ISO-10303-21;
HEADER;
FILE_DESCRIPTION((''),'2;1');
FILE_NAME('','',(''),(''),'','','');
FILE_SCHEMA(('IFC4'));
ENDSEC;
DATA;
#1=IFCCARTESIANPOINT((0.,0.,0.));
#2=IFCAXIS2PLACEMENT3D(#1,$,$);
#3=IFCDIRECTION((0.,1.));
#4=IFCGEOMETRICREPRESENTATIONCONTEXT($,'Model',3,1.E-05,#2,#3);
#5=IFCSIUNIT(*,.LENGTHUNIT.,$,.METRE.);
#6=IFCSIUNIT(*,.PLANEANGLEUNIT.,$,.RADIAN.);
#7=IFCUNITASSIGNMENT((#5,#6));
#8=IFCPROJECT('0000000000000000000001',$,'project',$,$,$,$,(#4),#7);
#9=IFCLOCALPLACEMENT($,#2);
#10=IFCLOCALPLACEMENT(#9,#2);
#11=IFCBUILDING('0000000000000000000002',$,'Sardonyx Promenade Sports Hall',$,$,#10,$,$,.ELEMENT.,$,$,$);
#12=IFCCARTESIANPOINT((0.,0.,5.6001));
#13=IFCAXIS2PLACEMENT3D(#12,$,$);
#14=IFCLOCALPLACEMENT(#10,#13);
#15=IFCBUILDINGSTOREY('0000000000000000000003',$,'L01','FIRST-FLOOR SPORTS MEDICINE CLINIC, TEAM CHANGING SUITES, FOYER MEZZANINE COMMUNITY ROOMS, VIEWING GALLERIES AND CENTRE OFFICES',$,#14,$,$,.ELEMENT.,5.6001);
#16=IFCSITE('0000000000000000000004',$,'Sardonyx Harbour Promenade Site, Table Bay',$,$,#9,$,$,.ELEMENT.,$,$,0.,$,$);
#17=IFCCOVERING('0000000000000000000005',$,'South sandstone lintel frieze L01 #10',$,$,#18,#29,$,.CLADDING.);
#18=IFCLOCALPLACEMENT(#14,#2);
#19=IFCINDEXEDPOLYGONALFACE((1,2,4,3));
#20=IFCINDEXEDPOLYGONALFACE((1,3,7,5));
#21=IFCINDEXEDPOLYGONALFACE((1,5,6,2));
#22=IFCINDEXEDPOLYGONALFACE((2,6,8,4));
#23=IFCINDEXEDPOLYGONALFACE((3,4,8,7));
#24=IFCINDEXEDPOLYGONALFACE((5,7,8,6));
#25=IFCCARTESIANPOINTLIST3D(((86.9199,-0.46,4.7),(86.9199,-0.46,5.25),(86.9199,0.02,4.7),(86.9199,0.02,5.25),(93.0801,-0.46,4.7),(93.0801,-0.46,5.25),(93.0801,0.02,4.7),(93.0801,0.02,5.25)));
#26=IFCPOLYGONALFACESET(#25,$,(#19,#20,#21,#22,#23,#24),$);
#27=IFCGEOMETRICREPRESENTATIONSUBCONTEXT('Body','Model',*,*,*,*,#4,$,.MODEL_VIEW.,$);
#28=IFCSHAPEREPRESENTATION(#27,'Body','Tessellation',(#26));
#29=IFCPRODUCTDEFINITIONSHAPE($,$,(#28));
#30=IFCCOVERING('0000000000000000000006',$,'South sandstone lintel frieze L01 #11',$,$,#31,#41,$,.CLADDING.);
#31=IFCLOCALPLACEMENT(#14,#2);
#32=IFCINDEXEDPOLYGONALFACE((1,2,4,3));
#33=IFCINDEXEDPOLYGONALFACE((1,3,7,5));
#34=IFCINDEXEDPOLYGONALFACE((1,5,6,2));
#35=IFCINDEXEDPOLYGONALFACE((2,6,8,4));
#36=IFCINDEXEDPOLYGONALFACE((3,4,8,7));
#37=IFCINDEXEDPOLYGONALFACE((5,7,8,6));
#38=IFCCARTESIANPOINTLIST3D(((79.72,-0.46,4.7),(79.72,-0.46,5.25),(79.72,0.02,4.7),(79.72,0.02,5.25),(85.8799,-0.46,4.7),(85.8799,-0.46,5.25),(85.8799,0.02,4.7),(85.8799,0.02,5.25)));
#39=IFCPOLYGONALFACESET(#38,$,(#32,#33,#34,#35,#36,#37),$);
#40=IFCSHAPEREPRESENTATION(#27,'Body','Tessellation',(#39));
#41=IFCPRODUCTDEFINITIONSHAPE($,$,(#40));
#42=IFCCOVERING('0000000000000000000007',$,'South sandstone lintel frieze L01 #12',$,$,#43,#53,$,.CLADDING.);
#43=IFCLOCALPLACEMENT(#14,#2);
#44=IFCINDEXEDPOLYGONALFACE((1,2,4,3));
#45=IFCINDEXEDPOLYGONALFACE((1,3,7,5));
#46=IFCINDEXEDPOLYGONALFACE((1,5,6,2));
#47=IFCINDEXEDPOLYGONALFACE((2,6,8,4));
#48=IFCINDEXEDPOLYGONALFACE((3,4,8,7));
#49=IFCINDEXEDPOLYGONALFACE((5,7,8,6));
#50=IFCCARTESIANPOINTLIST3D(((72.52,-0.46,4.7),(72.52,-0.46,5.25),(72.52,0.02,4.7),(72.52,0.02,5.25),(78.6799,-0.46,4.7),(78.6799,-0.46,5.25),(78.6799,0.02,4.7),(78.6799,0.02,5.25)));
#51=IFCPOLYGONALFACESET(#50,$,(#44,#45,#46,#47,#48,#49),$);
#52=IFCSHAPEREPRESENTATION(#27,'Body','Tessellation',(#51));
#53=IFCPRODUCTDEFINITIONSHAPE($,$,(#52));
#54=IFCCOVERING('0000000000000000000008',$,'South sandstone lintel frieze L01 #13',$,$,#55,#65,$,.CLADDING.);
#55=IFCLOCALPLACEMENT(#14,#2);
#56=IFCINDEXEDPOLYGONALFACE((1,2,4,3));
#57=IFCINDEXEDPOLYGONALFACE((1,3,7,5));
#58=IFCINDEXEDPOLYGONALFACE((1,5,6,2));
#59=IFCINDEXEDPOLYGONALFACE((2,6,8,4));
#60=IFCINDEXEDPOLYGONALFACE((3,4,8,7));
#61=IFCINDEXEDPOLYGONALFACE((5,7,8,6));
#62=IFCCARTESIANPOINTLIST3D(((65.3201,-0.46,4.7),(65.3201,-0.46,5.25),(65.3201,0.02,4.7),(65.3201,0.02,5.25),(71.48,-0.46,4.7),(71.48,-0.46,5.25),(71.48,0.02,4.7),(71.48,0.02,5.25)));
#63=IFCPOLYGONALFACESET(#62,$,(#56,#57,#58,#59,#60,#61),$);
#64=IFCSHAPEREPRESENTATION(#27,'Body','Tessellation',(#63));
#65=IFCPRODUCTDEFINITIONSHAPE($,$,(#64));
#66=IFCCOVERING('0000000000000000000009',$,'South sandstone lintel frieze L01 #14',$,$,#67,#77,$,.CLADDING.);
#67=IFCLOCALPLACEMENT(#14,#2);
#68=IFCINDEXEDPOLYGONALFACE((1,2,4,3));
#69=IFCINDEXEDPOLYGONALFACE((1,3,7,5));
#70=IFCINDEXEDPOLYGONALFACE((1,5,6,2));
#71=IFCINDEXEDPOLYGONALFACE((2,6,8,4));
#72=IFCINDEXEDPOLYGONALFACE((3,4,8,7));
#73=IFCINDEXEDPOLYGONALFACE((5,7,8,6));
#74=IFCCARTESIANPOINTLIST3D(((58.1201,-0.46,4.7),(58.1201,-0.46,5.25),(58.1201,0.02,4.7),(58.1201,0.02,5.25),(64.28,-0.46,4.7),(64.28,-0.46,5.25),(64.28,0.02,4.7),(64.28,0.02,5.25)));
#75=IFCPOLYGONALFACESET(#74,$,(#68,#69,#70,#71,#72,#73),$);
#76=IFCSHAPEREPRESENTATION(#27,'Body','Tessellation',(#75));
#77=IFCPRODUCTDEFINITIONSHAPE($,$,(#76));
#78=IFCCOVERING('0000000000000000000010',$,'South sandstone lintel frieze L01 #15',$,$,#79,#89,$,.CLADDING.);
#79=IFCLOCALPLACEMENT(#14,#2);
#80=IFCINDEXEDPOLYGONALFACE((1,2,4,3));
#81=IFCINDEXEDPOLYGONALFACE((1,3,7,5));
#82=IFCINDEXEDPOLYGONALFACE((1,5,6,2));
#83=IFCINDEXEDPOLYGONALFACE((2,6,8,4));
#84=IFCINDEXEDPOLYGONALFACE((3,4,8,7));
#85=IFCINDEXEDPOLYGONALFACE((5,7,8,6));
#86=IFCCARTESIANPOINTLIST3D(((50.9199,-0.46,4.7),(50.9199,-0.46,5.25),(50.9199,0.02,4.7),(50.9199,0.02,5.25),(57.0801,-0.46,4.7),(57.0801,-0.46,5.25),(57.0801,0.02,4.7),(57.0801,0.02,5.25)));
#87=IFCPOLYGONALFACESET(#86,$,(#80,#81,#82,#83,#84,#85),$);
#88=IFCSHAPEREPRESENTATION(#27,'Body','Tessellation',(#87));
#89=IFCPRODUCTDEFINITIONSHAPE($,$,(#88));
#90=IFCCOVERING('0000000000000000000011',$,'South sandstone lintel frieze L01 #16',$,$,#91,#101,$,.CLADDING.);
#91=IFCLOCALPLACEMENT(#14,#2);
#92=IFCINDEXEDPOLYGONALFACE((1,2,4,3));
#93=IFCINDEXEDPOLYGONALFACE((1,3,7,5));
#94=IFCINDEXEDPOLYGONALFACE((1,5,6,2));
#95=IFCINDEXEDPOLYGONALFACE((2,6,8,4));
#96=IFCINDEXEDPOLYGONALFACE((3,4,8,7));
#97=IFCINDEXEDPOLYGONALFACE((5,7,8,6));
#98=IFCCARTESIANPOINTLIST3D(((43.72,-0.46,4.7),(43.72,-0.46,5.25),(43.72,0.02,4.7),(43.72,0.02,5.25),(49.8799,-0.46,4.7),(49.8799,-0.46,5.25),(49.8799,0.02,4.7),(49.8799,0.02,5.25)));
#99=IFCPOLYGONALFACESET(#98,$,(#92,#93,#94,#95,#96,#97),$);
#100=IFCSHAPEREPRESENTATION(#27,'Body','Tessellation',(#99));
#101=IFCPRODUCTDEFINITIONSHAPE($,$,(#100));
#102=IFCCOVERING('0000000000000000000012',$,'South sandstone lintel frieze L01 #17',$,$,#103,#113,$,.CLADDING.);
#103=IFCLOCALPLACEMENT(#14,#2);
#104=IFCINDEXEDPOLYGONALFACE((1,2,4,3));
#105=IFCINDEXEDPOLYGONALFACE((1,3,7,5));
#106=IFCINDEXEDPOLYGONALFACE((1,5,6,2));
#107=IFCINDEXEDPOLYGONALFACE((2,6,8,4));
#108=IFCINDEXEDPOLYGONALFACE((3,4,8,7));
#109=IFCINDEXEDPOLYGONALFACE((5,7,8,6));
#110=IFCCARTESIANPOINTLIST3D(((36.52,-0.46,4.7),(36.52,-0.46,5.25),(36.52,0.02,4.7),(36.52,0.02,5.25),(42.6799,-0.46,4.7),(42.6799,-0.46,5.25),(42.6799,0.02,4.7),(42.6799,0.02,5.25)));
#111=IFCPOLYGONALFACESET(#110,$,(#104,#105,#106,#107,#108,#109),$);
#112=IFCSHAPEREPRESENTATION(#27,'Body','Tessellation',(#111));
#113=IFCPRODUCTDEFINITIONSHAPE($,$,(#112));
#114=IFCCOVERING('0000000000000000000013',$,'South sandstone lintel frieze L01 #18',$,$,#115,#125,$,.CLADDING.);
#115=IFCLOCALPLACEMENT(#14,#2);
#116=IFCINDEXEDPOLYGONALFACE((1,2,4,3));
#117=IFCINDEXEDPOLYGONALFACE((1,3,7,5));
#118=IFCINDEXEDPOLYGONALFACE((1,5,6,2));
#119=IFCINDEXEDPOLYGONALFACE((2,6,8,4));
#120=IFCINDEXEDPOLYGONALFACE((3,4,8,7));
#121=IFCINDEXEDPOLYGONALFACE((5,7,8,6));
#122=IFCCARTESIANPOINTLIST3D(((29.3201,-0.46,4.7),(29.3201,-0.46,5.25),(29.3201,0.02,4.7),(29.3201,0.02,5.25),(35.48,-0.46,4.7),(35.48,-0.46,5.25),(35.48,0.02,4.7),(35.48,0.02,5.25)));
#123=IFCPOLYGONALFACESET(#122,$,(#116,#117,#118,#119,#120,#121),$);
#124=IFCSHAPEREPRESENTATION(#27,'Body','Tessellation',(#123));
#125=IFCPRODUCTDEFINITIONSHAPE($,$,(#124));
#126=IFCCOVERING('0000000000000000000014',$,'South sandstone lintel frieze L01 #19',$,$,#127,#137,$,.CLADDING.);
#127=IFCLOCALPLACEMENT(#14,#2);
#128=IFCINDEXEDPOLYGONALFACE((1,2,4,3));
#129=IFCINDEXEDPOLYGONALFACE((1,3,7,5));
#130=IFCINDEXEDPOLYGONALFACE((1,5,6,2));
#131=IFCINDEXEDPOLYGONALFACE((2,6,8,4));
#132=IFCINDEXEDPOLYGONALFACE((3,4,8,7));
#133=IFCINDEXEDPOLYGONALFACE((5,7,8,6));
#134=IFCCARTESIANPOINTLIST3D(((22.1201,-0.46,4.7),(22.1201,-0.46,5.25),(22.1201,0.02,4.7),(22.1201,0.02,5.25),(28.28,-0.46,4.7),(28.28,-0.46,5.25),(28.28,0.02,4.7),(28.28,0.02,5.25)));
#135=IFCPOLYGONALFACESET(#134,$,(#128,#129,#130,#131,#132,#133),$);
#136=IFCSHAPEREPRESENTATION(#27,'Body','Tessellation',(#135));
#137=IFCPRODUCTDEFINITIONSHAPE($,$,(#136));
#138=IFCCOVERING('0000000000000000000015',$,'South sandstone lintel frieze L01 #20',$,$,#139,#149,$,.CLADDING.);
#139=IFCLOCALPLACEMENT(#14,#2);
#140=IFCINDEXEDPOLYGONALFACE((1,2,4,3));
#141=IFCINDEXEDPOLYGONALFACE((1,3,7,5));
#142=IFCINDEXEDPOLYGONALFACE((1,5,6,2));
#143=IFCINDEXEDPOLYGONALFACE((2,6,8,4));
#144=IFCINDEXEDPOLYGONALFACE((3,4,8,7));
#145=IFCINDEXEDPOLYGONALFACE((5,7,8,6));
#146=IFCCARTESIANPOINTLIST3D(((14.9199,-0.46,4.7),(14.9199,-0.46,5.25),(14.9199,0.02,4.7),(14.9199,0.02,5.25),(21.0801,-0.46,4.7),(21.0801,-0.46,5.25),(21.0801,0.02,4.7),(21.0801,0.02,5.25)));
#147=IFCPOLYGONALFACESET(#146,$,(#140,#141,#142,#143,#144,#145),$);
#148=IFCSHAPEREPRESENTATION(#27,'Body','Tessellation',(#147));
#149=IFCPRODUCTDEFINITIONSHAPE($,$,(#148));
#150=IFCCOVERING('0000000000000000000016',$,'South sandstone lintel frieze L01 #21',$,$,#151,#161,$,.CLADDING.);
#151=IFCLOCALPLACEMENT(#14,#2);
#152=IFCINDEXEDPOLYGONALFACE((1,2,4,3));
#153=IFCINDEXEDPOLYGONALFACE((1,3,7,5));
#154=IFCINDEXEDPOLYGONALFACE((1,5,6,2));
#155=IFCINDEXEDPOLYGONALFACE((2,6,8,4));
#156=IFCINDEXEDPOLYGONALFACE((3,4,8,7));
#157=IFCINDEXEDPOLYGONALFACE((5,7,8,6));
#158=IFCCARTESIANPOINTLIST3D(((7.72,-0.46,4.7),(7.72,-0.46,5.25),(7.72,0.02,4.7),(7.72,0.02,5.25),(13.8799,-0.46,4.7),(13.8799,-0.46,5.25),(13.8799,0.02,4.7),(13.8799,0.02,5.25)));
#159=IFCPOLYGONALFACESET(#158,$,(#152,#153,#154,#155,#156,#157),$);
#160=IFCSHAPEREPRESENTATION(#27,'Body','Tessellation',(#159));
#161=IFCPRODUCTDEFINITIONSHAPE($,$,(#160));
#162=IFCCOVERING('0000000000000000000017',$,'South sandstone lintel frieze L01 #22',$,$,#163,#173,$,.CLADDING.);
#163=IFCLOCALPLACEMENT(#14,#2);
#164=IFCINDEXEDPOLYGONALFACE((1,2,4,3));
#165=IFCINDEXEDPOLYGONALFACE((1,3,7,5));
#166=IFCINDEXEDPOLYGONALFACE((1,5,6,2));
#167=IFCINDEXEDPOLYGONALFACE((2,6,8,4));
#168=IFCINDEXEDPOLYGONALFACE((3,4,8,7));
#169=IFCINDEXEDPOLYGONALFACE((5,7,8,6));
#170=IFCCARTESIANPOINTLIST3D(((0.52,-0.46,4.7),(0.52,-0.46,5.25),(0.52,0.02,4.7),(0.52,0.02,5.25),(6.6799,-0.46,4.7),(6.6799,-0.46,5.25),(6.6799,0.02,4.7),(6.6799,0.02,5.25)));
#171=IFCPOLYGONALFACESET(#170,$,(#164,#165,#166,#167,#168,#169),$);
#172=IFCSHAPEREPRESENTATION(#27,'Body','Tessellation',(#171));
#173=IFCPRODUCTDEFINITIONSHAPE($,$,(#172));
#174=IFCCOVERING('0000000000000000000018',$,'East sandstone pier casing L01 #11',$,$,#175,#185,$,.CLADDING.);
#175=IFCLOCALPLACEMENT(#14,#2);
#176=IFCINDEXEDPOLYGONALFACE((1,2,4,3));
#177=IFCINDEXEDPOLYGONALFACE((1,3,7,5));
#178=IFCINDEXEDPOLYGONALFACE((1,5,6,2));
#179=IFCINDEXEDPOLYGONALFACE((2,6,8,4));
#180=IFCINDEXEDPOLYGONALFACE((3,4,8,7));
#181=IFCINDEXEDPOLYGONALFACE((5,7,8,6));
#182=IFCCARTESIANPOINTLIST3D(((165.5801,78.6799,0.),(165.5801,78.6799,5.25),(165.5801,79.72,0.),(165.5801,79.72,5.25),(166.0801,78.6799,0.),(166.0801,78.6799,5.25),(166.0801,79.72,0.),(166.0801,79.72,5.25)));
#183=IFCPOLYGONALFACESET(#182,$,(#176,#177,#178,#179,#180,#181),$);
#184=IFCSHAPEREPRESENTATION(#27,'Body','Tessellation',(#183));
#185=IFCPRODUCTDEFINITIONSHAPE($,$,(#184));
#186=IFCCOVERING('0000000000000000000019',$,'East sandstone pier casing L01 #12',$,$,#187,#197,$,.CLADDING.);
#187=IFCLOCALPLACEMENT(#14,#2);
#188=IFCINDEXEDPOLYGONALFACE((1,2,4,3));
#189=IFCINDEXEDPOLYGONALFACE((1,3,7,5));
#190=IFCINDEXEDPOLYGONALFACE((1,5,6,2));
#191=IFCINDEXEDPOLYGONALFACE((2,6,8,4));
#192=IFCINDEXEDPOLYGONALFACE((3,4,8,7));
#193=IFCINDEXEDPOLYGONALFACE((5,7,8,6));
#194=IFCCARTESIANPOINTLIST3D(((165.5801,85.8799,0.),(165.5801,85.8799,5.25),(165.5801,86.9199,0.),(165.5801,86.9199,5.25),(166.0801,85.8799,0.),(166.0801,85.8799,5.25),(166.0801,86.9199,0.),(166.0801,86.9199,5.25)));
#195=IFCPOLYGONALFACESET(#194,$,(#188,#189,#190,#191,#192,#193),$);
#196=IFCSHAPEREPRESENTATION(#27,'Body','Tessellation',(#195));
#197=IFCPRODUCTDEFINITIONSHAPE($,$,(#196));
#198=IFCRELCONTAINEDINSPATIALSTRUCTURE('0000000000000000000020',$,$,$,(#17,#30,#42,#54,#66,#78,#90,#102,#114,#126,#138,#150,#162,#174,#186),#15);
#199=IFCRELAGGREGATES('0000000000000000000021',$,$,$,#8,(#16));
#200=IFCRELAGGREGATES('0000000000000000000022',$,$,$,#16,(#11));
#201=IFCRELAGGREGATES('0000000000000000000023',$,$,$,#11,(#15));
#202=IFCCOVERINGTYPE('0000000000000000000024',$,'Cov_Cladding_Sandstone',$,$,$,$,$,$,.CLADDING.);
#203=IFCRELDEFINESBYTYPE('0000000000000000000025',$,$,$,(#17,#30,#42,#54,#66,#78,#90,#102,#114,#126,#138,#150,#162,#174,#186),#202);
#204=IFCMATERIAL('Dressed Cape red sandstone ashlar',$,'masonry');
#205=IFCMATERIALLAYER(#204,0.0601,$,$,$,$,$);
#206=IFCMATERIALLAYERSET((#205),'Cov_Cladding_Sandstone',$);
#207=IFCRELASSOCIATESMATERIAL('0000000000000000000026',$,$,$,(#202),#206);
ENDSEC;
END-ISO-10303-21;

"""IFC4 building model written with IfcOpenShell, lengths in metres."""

from ifc_helpers import new_model, si_unit, direction, frame, origin, place, context, subcontext, project, spatial, polyline, outline, extrude, material, layer, layer_set, type_object, element, save


model = new_model("IFC4")

# Units and contexts
model_context = context("Model", 3, precision=1e-05, world=origin(), true_north=direction((0.0, 1.0)))
body_context = subcontext(model_context, "Body", "Model", "MODEL_VIEW")
ifc_project = project(units=[si_unit("LENGTHUNIT", "METRE"), si_unit("PLANEANGLEUNIT", "RADIAN")], contexts=[model_context])

# Site, building, storey
site_placement = place(None, origin())
site = spatial("IfcSite", under=ifc_project, at=site_placement, Name="Sardonyx Harbour Promenade Site, Table Bay", CompositionType="ELEMENT", RefElevation=0.0)
building_placement = place(site_placement, origin())
building = spatial("IfcBuilding", under=site, at=building_placement, Name="Sardonyx Promenade Sports Hall", CompositionType="ELEMENT")
storey_placement = place(building_placement, frame((0.0, 0.0, 5.6001)))
storey = spatial("IfcBuildingStorey", under=building, at=storey_placement, Name="L01", Description="FIRST-FLOOR SPORTS MEDICINE CLINIC, TEAM CHANGING SUITES, FOYER MEZZANINE COMMUNITY ROOMS, VIEWING GALLERIES AND CENTRE OFFICES", CompositionType="ELEMENT", Elevation=5.6001)

# Coverings
ifc_material = material(Name="Dressed Cape red sandstone ashlar", Category="masonry")
ifc_layer = layer(ifc_material, 0.0601)
ifc_layer_set = layer_set([ifc_layer], Name="Cov_Cladding_Sandstone")
covering_type = type_object("IfcCoveringType", Name="Cov_Cladding_Sandstone", PredefinedType="CLADDING", material=ifc_layer_set)
covering_1_placement = place(storey_placement, frame((0.0, 0.0, 4.7)))
element("IfcCovering", 1, at=covering_1_placement, inside=storey, type_object=covering_type, Name="South sandstone lintel frieze L01 #10", PredefinedType="CLADDING", context=body_context, shape_type="SweptSolid", body=[
    extrude(outline(polyline([(86.9199, -0.46), (93.0801, -0.46), (93.0801, 0.02), (86.9199, 0.02), (86.9199, -0.46)])), origin(), (0.0, 0.0, 1.0), 0.55),
])
covering_2_placement = place(storey_placement, frame((0.0, 0.0, 4.7)))
element("IfcCovering", 2, at=covering_2_placement, inside=storey, type_object=covering_type, Name="South sandstone lintel frieze L01 #11", PredefinedType="CLADDING", context=body_context, shape_type="SweptSolid", body=[
    extrude(outline(polyline([(79.72, -0.46), (85.8799, -0.46), (85.8799, 0.02), (79.72, 0.02), (79.72, -0.46)])), origin(), (0.0, 0.0, 1.0), 0.55),
])
covering_3_placement = place(storey_placement, frame((0.0, 0.0, 4.7)))
element("IfcCovering", 3, at=covering_3_placement, inside=storey, type_object=covering_type, Name="South sandstone lintel frieze L01 #12", PredefinedType="CLADDING", context=body_context, shape_type="SweptSolid", body=[
    extrude(outline(polyline([(72.52, -0.46), (78.6799, -0.46), (78.6799, 0.02), (72.52, 0.02), (72.52, -0.46)])), origin(), (0.0, 0.0, 1.0), 0.55),
])
covering_4_placement = place(storey_placement, frame((0.0, 0.0, 4.7)))
element("IfcCovering", 4, at=covering_4_placement, inside=storey, type_object=covering_type, Name="South sandstone lintel frieze L01 #13", PredefinedType="CLADDING", context=body_context, shape_type="SweptSolid", body=[
    extrude(outline(polyline([(65.3201, -0.46), (71.48, -0.46), (71.48, 0.02), (65.3201, 0.02), (65.3201, -0.46)])), origin(), (0.0, 0.0, 1.0), 0.55),
])
covering_5_placement = place(storey_placement, frame((0.0, 0.0, 4.7)))
element("IfcCovering", 5, at=covering_5_placement, inside=storey, type_object=covering_type, Name="South sandstone lintel frieze L01 #14", PredefinedType="CLADDING", context=body_context, shape_type="SweptSolid", body=[
    extrude(outline(polyline([(58.1201, -0.46), (64.28, -0.46), (64.28, 0.02), (58.1201, 0.02), (58.1201, -0.46)])), origin(), (0.0, 0.0, 1.0), 0.55),
])
covering_6_placement = place(storey_placement, frame((0.0, 0.0, 4.7)))
element("IfcCovering", 6, at=covering_6_placement, inside=storey, type_object=covering_type, Name="South sandstone lintel frieze L01 #15", PredefinedType="CLADDING", context=body_context, shape_type="SweptSolid", body=[
    extrude(outline(polyline([(50.9199, -0.46), (57.0801, -0.46), (57.0801, 0.02), (50.9199, 0.02), (50.9199, -0.46)])), origin(), (0.0, 0.0, 1.0), 0.55),
])
covering_7_placement = place(storey_placement, frame((0.0, 0.0, 4.7)))
element("IfcCovering", 7, at=covering_7_placement, inside=storey, type_object=covering_type, Name="South sandstone lintel frieze L01 #16", PredefinedType="CLADDING", context=body_context, shape_type="SweptSolid", body=[
    extrude(outline(polyline([(43.72, -0.46), (49.8799, -0.46), (49.8799, 0.02), (43.72, 0.02), (43.72, -0.46)])), origin(), (0.0, 0.0, 1.0), 0.55),
])
covering_8_placement = place(storey_placement, frame((0.0, 0.0, 4.7)))
element("IfcCovering", 8, at=covering_8_placement, inside=storey, type_object=covering_type, Name="South sandstone lintel frieze L01 #17", PredefinedType="CLADDING", context=body_context, shape_type="SweptSolid", body=[
    extrude(outline(polyline([(36.52, -0.46), (42.6799, -0.46), (42.6799, 0.02), (36.52, 0.02), (36.52, -0.46)])), origin(), (0.0, 0.0, 1.0), 0.55),
])
covering_9_placement = place(storey_placement, frame((0.0, 0.0, 4.7)))
element("IfcCovering", 9, at=covering_9_placement, inside=storey, type_object=covering_type, Name="South sandstone lintel frieze L01 #18", PredefinedType="CLADDING", context=body_context, shape_type="SweptSolid", body=[
    extrude(outline(polyline([(29.3201, -0.46), (35.48, -0.46), (35.48, 0.02), (29.3201, 0.02), (29.3201, -0.46)])), origin(), (0.0, 0.0, 1.0), 0.55),
])
covering_10_placement = place(storey_placement, frame((0.0, 0.0, 4.7)))
element("IfcCovering", 10, at=covering_10_placement, inside=storey, type_object=covering_type, Name="South sandstone lintel frieze L01 #19", PredefinedType="CLADDING", context=body_context, shape_type="SweptSolid", body=[
    extrude(outline(polyline([(22.1201, -0.46), (28.28, -0.46), (28.28, 0.02), (22.1201, 0.02), (22.1201, -0.46)])), origin(), (0.0, 0.0, 1.0), 0.55),
])
covering_11_placement = place(storey_placement, frame((0.0, 0.0, 4.7)))
element("IfcCovering", 11, at=covering_11_placement, inside=storey, type_object=covering_type, Name="South sandstone lintel frieze L01 #20", PredefinedType="CLADDING", context=body_context, shape_type="SweptSolid", body=[
    extrude(outline(polyline([(14.9199, -0.46), (21.0801, -0.46), (21.0801, 0.02), (14.9199, 0.02), (14.9199, -0.46)])), origin(), (0.0, 0.0, 1.0), 0.55),
])
covering_12_placement = place(storey_placement, frame((0.0, 0.0, 4.7)))
element("IfcCovering", 12, at=covering_12_placement, inside=storey, type_object=covering_type, Name="South sandstone lintel frieze L01 #21", PredefinedType="CLADDING", context=body_context, shape_type="SweptSolid", body=[
    extrude(outline(polyline([(7.72, -0.46), (13.8799, -0.46), (13.8799, 0.02), (7.72, 0.02), (7.72, -0.46)])), origin(), (0.0, 0.0, 1.0), 0.55),
])
covering_13_placement = place(storey_placement, frame((0.0, 0.0, 4.7)))
element("IfcCovering", 13, at=covering_13_placement, inside=storey, type_object=covering_type, Name="South sandstone lintel frieze L01 #22", PredefinedType="CLADDING", context=body_context, shape_type="SweptSolid", body=[
    extrude(outline(polyline([(0.52, -0.46), (6.6799, -0.46), (6.6799, 0.02), (0.52, 0.02), (0.52, -0.46)])), origin(), (0.0, 0.0, 1.0), 0.55),
])
covering_14_placement = place(storey_placement, origin())
element("IfcCovering", 14, at=covering_14_placement, inside=storey, type_object=covering_type, Name="East sandstone pier casing L01 #11", PredefinedType="CLADDING", context=body_context, shape_type="SweptSolid", body=[
    extrude(outline(polyline([(165.5801, 78.6799), (166.0801, 78.6799), (166.0801, 79.72), (165.5801, 79.72), (165.5801, 78.6799)])), origin(), (0.0, 0.0, 1.0), 5.25),
])
covering_15_placement = place(storey_placement, origin())
element("IfcCovering", 15, at=covering_15_placement, inside=storey, type_object=covering_type, Name="East sandstone pier casing L01 #12", PredefinedType="CLADDING", context=body_context, shape_type="SweptSolid", body=[
    extrude(outline(polyline([(165.5801, 85.8799), (166.0801, 85.8799), (166.0801, 86.9199), (165.5801, 86.9199), (165.5801, 85.8799)])), origin(), (0.0, 0.0, 1.0), 5.25),
])

save(model, "model.ifc")
